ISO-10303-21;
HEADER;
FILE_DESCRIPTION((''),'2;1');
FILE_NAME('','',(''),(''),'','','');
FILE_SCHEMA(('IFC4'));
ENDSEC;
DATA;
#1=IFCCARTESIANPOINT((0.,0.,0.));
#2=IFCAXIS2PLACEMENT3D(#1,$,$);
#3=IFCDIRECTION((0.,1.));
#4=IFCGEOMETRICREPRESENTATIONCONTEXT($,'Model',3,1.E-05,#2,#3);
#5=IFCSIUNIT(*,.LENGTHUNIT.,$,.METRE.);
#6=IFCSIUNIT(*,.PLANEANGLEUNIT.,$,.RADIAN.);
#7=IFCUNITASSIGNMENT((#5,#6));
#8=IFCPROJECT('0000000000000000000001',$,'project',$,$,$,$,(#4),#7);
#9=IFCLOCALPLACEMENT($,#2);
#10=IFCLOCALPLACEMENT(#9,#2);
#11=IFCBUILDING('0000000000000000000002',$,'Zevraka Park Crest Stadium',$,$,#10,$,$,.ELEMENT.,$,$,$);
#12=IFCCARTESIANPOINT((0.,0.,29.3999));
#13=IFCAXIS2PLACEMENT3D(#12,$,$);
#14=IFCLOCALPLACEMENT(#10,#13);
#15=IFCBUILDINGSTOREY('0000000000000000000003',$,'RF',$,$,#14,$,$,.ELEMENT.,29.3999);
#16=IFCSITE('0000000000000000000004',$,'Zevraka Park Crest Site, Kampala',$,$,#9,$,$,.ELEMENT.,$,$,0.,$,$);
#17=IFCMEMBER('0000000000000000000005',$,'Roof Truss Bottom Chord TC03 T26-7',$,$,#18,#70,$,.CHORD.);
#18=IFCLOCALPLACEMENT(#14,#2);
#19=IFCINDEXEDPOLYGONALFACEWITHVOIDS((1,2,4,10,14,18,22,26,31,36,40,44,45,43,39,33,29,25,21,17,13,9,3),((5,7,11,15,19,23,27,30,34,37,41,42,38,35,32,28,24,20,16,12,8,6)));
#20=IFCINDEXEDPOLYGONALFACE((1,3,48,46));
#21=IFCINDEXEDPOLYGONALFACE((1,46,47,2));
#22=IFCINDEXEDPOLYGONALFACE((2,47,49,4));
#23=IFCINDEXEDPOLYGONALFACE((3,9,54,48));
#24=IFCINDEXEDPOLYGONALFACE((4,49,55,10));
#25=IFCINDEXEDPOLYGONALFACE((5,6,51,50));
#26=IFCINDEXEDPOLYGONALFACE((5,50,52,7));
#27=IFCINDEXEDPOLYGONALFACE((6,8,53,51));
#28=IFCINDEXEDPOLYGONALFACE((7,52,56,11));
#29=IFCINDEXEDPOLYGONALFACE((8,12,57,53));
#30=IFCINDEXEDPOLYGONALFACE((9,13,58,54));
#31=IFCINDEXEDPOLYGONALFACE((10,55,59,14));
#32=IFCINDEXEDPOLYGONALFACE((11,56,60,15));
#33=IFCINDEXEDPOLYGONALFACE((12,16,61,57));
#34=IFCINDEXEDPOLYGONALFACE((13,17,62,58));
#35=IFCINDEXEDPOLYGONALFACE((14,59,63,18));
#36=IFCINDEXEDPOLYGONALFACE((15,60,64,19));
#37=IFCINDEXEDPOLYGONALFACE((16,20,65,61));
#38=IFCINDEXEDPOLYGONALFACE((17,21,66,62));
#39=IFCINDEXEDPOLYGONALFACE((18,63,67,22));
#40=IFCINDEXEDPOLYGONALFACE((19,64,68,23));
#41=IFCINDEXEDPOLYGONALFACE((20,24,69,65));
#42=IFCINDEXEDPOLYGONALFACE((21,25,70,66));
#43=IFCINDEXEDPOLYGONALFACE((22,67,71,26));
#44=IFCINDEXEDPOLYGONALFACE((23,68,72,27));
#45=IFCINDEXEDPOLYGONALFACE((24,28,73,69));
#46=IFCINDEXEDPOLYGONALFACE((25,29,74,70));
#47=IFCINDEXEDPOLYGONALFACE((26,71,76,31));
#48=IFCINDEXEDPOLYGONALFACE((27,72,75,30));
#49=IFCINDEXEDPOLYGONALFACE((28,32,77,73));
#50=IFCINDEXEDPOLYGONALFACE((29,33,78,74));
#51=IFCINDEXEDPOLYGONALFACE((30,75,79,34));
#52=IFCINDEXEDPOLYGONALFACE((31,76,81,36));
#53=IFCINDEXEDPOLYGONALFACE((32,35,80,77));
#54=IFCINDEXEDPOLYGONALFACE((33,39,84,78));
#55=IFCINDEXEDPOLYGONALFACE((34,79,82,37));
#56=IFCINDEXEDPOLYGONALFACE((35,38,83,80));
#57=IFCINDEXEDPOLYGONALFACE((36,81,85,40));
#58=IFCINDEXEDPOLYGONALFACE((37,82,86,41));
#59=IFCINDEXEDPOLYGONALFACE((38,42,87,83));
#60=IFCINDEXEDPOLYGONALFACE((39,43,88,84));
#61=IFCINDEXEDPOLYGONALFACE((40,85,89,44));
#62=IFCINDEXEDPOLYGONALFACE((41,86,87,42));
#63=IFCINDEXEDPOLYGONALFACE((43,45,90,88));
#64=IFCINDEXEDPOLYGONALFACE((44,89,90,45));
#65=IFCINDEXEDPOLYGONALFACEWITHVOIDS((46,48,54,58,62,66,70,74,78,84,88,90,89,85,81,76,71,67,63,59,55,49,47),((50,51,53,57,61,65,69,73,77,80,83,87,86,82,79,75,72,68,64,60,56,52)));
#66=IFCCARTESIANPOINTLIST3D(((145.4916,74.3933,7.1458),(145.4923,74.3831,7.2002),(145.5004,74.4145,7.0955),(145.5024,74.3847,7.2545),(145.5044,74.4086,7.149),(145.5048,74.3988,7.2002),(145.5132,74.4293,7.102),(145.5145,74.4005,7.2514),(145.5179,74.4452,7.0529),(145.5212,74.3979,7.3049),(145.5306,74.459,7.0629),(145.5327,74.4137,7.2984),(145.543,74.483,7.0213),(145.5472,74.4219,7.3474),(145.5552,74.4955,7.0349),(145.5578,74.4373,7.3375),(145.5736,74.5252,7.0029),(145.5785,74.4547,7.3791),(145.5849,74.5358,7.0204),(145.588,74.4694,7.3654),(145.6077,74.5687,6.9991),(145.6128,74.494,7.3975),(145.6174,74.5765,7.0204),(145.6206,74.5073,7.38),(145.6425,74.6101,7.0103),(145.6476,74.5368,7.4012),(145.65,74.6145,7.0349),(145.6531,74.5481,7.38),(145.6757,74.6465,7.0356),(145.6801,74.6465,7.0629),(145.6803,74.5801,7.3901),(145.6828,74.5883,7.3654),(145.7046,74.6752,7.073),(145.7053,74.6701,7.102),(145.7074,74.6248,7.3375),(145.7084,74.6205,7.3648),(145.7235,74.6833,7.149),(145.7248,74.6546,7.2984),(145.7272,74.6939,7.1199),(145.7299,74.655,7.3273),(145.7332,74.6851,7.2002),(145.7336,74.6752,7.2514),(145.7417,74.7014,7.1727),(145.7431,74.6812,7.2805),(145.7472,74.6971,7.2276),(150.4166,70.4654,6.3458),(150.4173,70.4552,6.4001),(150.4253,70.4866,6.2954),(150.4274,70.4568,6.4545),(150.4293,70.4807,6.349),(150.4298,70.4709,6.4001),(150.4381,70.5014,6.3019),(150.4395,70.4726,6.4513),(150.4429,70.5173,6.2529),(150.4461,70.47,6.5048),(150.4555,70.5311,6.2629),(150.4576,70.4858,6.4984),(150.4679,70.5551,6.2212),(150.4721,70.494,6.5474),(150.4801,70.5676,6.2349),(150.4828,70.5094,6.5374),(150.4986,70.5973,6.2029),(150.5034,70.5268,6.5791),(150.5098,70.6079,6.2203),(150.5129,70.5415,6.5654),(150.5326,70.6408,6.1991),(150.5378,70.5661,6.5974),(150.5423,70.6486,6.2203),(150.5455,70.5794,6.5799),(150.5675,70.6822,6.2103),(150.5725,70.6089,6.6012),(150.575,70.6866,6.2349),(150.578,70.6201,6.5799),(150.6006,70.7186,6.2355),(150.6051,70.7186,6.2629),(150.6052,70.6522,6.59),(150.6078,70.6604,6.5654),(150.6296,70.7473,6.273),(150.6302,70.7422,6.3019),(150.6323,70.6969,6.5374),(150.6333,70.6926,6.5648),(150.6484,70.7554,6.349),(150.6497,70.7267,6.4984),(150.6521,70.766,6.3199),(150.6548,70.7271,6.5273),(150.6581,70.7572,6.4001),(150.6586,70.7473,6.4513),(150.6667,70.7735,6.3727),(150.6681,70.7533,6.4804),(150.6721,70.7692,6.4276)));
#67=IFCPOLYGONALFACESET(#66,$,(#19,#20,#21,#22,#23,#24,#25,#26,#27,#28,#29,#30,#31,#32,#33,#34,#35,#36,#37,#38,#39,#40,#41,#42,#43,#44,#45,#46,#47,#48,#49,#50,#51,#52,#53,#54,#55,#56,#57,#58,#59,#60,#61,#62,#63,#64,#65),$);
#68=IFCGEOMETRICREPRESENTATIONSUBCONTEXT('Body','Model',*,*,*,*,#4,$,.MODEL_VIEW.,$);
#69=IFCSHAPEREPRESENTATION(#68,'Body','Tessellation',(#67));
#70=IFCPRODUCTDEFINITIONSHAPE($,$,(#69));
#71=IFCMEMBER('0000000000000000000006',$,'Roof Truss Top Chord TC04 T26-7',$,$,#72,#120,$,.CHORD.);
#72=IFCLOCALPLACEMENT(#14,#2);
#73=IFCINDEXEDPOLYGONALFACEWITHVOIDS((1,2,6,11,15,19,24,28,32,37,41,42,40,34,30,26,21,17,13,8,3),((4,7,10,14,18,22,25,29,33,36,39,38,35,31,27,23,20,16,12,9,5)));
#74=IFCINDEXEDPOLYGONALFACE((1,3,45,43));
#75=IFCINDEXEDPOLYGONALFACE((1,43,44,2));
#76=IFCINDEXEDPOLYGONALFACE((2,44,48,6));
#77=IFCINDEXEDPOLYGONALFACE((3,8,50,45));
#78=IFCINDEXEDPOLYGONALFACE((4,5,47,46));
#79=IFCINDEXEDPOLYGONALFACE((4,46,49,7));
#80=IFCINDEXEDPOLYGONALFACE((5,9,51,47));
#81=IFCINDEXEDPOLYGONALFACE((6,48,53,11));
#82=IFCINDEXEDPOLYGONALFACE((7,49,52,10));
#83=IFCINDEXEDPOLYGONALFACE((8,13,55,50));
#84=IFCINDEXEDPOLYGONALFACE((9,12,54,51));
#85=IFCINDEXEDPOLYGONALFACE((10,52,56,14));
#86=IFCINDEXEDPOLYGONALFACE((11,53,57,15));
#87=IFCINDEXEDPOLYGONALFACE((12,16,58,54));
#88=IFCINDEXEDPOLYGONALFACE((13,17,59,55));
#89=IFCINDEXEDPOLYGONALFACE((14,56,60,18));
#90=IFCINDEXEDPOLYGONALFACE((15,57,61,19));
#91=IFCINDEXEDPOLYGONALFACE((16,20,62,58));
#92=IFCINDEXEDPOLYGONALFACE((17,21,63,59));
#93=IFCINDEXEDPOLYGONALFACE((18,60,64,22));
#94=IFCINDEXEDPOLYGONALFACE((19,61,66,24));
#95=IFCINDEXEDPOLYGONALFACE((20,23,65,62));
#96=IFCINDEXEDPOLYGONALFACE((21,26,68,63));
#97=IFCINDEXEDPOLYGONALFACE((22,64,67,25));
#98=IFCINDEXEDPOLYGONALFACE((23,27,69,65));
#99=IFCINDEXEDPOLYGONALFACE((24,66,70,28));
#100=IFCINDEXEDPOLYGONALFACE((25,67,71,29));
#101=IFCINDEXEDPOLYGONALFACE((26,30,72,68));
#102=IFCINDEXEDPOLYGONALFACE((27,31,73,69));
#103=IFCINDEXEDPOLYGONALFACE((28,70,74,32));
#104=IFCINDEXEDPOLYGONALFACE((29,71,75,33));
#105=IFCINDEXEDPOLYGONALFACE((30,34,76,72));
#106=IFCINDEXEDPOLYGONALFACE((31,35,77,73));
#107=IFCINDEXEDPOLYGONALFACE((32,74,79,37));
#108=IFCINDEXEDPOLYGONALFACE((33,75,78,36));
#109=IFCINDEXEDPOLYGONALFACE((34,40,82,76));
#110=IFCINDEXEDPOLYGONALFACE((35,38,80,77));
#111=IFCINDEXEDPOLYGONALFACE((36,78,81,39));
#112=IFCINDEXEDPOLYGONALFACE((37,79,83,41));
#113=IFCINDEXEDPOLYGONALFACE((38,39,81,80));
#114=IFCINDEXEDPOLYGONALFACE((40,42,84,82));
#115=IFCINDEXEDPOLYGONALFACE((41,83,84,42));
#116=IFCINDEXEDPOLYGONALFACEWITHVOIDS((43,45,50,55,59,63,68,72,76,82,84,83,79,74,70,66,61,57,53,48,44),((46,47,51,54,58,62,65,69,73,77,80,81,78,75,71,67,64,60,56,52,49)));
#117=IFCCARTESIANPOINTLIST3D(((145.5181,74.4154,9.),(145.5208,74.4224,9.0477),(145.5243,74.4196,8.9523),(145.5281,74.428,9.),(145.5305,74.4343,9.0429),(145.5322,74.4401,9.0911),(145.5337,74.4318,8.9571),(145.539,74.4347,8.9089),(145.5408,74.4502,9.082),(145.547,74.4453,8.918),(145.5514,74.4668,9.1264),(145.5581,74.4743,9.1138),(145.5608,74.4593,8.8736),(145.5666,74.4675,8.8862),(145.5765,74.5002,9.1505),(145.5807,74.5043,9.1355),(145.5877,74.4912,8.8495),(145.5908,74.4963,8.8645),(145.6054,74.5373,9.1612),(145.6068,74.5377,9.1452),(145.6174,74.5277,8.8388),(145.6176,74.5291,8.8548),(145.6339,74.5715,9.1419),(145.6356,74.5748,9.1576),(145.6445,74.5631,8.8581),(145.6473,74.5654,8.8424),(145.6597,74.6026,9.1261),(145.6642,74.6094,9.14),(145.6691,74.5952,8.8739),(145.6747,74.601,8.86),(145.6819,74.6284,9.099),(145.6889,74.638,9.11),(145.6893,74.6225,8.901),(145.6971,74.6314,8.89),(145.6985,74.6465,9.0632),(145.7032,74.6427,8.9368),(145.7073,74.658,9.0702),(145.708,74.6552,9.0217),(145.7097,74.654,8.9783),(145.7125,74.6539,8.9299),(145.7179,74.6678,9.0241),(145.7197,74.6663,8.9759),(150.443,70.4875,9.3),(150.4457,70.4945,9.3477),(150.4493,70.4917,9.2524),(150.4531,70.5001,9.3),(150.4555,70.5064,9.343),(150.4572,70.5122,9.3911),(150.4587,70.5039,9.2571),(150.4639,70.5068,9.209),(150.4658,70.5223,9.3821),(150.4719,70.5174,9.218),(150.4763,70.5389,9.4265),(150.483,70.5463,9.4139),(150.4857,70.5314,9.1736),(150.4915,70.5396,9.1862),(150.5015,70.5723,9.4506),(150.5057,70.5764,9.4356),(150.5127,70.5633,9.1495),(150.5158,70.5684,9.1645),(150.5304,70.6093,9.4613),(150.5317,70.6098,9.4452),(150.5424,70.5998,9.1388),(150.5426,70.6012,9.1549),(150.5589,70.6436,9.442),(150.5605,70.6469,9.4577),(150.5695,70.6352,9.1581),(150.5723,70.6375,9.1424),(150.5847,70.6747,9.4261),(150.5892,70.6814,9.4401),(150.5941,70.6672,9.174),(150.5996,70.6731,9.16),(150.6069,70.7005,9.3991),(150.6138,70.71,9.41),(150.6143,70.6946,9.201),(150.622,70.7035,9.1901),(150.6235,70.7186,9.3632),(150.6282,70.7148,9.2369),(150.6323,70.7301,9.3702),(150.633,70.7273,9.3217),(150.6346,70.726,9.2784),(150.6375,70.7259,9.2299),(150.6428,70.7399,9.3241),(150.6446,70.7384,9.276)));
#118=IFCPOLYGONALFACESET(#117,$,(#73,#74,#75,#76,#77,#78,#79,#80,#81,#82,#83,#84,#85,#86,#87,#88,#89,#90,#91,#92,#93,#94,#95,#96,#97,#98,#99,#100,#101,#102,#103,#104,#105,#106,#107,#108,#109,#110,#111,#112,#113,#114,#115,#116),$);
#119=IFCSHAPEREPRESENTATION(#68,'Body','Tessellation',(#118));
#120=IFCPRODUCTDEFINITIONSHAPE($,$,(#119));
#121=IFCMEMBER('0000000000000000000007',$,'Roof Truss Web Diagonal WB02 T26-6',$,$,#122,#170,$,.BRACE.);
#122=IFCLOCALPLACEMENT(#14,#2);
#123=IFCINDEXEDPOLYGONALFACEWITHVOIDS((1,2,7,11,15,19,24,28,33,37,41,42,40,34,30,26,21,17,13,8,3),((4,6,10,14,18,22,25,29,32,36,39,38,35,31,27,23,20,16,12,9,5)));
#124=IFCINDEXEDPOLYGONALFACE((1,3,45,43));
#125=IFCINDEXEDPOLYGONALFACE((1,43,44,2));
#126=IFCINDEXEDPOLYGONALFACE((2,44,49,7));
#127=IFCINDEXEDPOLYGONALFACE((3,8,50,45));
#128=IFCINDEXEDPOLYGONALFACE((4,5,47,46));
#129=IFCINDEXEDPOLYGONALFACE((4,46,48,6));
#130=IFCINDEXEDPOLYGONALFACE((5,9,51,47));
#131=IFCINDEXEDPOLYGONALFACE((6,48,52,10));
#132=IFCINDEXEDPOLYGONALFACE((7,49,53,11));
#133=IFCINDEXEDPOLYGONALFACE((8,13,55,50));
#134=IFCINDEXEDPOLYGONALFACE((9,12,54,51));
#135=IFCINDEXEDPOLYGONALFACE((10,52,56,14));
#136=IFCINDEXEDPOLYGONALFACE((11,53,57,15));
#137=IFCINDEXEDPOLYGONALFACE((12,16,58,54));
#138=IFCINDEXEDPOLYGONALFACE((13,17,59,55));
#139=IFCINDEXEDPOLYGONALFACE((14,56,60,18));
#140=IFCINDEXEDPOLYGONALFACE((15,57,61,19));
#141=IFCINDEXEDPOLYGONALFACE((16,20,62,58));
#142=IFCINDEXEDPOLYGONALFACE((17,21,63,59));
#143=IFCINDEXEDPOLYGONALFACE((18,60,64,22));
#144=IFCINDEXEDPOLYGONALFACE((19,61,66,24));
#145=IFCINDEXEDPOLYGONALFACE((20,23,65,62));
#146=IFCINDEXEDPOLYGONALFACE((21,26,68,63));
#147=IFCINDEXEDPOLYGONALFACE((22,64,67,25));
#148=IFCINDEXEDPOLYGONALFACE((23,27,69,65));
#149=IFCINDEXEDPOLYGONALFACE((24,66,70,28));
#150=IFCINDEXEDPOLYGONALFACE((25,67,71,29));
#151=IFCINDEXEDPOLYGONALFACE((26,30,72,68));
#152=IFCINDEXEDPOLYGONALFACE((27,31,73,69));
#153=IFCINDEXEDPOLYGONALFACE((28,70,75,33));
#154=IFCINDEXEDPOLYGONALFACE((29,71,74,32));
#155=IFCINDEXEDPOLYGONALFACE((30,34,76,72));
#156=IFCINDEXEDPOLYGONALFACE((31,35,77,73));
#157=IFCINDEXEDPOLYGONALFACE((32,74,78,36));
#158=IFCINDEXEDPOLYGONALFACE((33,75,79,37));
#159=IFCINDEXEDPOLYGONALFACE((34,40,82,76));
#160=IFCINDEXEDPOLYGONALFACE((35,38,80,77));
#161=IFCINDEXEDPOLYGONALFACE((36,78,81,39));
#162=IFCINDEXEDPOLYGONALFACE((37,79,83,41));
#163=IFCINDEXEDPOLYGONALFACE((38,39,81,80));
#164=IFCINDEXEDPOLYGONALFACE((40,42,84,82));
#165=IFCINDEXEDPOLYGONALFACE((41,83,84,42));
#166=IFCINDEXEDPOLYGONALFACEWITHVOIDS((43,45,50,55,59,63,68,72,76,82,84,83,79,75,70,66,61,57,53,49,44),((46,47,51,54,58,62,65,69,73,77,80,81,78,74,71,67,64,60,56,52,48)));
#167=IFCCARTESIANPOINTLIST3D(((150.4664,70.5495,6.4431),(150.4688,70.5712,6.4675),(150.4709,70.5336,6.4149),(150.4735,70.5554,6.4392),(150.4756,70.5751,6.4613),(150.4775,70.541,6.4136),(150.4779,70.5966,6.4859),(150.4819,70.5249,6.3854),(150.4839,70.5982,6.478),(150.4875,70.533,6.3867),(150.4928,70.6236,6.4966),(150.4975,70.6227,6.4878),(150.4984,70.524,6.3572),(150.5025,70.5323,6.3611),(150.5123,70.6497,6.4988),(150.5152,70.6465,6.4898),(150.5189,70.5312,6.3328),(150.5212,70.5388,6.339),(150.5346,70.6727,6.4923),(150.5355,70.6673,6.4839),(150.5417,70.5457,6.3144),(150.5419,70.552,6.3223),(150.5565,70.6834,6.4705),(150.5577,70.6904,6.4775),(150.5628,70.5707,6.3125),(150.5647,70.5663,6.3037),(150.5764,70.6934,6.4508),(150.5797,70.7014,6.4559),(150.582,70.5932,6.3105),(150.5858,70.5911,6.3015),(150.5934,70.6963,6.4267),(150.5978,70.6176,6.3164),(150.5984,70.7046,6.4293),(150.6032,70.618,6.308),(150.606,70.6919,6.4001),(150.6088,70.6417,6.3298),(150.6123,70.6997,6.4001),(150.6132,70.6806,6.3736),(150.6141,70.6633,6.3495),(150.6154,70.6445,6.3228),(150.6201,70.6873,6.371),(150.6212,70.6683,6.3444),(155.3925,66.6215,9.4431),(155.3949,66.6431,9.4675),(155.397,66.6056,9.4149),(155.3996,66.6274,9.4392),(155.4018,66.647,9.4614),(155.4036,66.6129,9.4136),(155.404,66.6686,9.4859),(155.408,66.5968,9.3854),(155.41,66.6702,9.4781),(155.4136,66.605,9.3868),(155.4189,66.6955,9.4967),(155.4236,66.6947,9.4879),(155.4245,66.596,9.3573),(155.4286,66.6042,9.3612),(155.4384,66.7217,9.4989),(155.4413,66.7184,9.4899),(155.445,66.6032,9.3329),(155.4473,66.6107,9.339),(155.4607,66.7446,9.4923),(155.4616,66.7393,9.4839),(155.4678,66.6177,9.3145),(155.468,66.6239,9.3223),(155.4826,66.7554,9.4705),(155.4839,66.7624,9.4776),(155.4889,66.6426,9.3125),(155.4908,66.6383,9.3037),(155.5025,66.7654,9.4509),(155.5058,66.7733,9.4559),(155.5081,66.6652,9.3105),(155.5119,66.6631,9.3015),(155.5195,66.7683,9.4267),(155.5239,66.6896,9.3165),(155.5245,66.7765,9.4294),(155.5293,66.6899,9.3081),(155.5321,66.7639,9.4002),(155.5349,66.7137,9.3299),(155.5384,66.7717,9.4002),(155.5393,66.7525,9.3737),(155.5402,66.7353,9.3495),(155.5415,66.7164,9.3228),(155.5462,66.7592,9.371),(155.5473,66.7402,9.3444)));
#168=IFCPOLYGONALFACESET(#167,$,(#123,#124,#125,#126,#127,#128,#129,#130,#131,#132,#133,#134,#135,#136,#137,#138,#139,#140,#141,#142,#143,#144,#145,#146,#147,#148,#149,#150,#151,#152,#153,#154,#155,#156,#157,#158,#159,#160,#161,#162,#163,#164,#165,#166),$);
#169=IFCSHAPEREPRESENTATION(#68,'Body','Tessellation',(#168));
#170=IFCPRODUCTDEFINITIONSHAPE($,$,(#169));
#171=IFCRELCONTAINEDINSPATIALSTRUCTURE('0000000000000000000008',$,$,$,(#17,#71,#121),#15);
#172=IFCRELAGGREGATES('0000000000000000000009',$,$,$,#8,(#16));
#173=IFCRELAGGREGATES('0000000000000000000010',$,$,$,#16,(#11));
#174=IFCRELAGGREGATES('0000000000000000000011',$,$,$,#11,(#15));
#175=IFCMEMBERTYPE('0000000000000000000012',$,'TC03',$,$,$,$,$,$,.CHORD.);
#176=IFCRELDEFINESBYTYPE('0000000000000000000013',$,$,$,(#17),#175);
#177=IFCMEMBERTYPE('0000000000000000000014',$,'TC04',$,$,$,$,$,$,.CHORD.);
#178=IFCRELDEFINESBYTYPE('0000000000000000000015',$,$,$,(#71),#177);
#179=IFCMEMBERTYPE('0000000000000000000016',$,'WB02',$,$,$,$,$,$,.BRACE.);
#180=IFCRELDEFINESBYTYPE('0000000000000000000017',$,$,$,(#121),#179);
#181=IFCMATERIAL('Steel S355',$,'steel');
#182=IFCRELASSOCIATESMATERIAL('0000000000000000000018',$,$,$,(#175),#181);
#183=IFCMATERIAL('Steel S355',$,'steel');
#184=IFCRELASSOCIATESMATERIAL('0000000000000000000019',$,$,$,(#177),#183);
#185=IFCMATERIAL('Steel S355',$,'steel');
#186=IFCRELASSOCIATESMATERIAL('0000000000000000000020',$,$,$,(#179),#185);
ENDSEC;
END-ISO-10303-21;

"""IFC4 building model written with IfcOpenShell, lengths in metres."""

from ifc_helpers import new_model, si_unit, direction, frame, origin, origin_2d, place, context, subcontext, project, spatial, hollow_circle, extrude, material, material_profile, profile_set, type_object, element, save


model = new_model("IFC4")

# Units and contexts
model_context = context("Model", 3, precision=1e-05, world=origin(), true_north=direction((0.0, 1.0)))
body_context = subcontext(model_context, "Body", "Model", "MODEL_VIEW")
ifc_project = project(units=[si_unit("LENGTHUNIT", "METRE"), si_unit("PLANEANGLEUNIT", "RADIAN")], contexts=[model_context])

# Site, building, storey
site_placement = place(None, origin())
site = spatial("IfcSite", under=ifc_project, at=site_placement, Name="Zevraka Park Crest Site, Kampala", CompositionType="ELEMENT", RefElevation=0.0)
building_placement = place(site_placement, origin())
building = spatial("IfcBuilding", under=site, at=building_placement, Name="Zevraka Park Crest Stadium", CompositionType="ELEMENT")
storey_placement = place(building_placement, frame((0.0, 0.0, 29.3999)))
storey = spatial("IfcBuildingStorey", under=building, at=storey_placement, Name="RF", CompositionType="ELEMENT", Elevation=29.3999)

# Members
ifc_material_1 = material(Name="Steel S355", Category="steel")
ifc_material_profile_1 = material_profile(ifc_material_1, hollow_circle(Radius=0.2031, WallThickness=0.02, at=origin_2d()), Name="CHS 406.4x20")
ifc_profile_set_1 = profile_set([ifc_material_profile_1], Name="Steel S355")
member_type_1 = type_object("IfcMemberType", Name="TC03", PredefinedType="CHORD", material=ifc_profile_set_1)
member_1_placement = place(storey_placement, frame((150.5439, 70.614, 6.4001), z_axis=(-0.775572, 0.618559, 0.125988), x_axis=(-0.623527, -0.781802, 0.0)))
element("IfcMember", 1, at=member_1_placement, inside=storey, type_object=member_type_1, Name="Roof Truss Bottom Chord TC03 T26-7", PredefinedType="CHORD", context=body_context, shape_type="SweptSolid", body=[
    extrude(hollow_circle(Radius=0.2031, WallThickness=0.02, at=origin_2d()), origin(), (0.0, 0.0, 1.0), 6.3501),
])
ifc_material_2 = material(Name="Steel S355", Category="steel")
ifc_material_profile_2 = material_profile(ifc_material_2, hollow_circle(Radius=0.1619, WallThickness=0.0161, at=origin_2d()), Name="CHS 323.9x16")
ifc_profile_set_2 = profile_set([ifc_material_profile_2], Name="Steel S355")
member_type_2 = type_object("IfcMemberType", Name="TC04", PredefinedType="CHORD", material=ifc_profile_set_2)
member_2_placement = place(storey_placement, frame((150.5439, 70.614, 9.3), z_axis=(-0.780917, 0.622821, -0.047576), x_axis=(-0.623527, -0.781802, 0.0)))
element("IfcMember", 2, at=member_2_placement, inside=storey, type_object=member_type_2, Name="Roof Truss Top Chord TC04 T26-7", PredefinedType="CHORD", context=body_context, shape_type="SweptSolid", body=[
    extrude(hollow_circle(Radius=0.1619, WallThickness=0.0161, at=origin_2d()), origin(), (0.0, 0.0, 1.0), 6.3066),
])
ifc_material_3 = material(Name="Steel S355", Category="steel")
ifc_material_profile_3 = material_profile(ifc_material_3, hollow_circle(Radius=0.1096, WallThickness=0.01, at=origin_2d()), Name="CHS 219.1x10")
ifc_profile_set_3 = profile_set([ifc_material_profile_3], Name="Steel S355")
member_type_3 = type_object("IfcMemberType", Name="WB02", PredefinedType="BRACE", material=ifc_profile_set_3)
member_3_placement = place(storey_placement, frame((150.5439, 70.614, 6.4001), z_axis=(0.70592, -0.562896, 0.429913), x_axis=(0.623451, 0.781862, 0.0)))
element("IfcMember", 3, at=member_3_placement, inside=storey, type_object=member_type_3, Name="Roof Truss Web Diagonal WB02 T26-6", PredefinedType="BRACE", context=body_context, shape_type="SweptSolid", body=[
    extrude(hollow_circle(Radius=0.1096, WallThickness=0.01, at=origin_2d()), origin(), (0.0, 0.0, 1.0), 6.9783),
])

save(model, "model.ifc")
